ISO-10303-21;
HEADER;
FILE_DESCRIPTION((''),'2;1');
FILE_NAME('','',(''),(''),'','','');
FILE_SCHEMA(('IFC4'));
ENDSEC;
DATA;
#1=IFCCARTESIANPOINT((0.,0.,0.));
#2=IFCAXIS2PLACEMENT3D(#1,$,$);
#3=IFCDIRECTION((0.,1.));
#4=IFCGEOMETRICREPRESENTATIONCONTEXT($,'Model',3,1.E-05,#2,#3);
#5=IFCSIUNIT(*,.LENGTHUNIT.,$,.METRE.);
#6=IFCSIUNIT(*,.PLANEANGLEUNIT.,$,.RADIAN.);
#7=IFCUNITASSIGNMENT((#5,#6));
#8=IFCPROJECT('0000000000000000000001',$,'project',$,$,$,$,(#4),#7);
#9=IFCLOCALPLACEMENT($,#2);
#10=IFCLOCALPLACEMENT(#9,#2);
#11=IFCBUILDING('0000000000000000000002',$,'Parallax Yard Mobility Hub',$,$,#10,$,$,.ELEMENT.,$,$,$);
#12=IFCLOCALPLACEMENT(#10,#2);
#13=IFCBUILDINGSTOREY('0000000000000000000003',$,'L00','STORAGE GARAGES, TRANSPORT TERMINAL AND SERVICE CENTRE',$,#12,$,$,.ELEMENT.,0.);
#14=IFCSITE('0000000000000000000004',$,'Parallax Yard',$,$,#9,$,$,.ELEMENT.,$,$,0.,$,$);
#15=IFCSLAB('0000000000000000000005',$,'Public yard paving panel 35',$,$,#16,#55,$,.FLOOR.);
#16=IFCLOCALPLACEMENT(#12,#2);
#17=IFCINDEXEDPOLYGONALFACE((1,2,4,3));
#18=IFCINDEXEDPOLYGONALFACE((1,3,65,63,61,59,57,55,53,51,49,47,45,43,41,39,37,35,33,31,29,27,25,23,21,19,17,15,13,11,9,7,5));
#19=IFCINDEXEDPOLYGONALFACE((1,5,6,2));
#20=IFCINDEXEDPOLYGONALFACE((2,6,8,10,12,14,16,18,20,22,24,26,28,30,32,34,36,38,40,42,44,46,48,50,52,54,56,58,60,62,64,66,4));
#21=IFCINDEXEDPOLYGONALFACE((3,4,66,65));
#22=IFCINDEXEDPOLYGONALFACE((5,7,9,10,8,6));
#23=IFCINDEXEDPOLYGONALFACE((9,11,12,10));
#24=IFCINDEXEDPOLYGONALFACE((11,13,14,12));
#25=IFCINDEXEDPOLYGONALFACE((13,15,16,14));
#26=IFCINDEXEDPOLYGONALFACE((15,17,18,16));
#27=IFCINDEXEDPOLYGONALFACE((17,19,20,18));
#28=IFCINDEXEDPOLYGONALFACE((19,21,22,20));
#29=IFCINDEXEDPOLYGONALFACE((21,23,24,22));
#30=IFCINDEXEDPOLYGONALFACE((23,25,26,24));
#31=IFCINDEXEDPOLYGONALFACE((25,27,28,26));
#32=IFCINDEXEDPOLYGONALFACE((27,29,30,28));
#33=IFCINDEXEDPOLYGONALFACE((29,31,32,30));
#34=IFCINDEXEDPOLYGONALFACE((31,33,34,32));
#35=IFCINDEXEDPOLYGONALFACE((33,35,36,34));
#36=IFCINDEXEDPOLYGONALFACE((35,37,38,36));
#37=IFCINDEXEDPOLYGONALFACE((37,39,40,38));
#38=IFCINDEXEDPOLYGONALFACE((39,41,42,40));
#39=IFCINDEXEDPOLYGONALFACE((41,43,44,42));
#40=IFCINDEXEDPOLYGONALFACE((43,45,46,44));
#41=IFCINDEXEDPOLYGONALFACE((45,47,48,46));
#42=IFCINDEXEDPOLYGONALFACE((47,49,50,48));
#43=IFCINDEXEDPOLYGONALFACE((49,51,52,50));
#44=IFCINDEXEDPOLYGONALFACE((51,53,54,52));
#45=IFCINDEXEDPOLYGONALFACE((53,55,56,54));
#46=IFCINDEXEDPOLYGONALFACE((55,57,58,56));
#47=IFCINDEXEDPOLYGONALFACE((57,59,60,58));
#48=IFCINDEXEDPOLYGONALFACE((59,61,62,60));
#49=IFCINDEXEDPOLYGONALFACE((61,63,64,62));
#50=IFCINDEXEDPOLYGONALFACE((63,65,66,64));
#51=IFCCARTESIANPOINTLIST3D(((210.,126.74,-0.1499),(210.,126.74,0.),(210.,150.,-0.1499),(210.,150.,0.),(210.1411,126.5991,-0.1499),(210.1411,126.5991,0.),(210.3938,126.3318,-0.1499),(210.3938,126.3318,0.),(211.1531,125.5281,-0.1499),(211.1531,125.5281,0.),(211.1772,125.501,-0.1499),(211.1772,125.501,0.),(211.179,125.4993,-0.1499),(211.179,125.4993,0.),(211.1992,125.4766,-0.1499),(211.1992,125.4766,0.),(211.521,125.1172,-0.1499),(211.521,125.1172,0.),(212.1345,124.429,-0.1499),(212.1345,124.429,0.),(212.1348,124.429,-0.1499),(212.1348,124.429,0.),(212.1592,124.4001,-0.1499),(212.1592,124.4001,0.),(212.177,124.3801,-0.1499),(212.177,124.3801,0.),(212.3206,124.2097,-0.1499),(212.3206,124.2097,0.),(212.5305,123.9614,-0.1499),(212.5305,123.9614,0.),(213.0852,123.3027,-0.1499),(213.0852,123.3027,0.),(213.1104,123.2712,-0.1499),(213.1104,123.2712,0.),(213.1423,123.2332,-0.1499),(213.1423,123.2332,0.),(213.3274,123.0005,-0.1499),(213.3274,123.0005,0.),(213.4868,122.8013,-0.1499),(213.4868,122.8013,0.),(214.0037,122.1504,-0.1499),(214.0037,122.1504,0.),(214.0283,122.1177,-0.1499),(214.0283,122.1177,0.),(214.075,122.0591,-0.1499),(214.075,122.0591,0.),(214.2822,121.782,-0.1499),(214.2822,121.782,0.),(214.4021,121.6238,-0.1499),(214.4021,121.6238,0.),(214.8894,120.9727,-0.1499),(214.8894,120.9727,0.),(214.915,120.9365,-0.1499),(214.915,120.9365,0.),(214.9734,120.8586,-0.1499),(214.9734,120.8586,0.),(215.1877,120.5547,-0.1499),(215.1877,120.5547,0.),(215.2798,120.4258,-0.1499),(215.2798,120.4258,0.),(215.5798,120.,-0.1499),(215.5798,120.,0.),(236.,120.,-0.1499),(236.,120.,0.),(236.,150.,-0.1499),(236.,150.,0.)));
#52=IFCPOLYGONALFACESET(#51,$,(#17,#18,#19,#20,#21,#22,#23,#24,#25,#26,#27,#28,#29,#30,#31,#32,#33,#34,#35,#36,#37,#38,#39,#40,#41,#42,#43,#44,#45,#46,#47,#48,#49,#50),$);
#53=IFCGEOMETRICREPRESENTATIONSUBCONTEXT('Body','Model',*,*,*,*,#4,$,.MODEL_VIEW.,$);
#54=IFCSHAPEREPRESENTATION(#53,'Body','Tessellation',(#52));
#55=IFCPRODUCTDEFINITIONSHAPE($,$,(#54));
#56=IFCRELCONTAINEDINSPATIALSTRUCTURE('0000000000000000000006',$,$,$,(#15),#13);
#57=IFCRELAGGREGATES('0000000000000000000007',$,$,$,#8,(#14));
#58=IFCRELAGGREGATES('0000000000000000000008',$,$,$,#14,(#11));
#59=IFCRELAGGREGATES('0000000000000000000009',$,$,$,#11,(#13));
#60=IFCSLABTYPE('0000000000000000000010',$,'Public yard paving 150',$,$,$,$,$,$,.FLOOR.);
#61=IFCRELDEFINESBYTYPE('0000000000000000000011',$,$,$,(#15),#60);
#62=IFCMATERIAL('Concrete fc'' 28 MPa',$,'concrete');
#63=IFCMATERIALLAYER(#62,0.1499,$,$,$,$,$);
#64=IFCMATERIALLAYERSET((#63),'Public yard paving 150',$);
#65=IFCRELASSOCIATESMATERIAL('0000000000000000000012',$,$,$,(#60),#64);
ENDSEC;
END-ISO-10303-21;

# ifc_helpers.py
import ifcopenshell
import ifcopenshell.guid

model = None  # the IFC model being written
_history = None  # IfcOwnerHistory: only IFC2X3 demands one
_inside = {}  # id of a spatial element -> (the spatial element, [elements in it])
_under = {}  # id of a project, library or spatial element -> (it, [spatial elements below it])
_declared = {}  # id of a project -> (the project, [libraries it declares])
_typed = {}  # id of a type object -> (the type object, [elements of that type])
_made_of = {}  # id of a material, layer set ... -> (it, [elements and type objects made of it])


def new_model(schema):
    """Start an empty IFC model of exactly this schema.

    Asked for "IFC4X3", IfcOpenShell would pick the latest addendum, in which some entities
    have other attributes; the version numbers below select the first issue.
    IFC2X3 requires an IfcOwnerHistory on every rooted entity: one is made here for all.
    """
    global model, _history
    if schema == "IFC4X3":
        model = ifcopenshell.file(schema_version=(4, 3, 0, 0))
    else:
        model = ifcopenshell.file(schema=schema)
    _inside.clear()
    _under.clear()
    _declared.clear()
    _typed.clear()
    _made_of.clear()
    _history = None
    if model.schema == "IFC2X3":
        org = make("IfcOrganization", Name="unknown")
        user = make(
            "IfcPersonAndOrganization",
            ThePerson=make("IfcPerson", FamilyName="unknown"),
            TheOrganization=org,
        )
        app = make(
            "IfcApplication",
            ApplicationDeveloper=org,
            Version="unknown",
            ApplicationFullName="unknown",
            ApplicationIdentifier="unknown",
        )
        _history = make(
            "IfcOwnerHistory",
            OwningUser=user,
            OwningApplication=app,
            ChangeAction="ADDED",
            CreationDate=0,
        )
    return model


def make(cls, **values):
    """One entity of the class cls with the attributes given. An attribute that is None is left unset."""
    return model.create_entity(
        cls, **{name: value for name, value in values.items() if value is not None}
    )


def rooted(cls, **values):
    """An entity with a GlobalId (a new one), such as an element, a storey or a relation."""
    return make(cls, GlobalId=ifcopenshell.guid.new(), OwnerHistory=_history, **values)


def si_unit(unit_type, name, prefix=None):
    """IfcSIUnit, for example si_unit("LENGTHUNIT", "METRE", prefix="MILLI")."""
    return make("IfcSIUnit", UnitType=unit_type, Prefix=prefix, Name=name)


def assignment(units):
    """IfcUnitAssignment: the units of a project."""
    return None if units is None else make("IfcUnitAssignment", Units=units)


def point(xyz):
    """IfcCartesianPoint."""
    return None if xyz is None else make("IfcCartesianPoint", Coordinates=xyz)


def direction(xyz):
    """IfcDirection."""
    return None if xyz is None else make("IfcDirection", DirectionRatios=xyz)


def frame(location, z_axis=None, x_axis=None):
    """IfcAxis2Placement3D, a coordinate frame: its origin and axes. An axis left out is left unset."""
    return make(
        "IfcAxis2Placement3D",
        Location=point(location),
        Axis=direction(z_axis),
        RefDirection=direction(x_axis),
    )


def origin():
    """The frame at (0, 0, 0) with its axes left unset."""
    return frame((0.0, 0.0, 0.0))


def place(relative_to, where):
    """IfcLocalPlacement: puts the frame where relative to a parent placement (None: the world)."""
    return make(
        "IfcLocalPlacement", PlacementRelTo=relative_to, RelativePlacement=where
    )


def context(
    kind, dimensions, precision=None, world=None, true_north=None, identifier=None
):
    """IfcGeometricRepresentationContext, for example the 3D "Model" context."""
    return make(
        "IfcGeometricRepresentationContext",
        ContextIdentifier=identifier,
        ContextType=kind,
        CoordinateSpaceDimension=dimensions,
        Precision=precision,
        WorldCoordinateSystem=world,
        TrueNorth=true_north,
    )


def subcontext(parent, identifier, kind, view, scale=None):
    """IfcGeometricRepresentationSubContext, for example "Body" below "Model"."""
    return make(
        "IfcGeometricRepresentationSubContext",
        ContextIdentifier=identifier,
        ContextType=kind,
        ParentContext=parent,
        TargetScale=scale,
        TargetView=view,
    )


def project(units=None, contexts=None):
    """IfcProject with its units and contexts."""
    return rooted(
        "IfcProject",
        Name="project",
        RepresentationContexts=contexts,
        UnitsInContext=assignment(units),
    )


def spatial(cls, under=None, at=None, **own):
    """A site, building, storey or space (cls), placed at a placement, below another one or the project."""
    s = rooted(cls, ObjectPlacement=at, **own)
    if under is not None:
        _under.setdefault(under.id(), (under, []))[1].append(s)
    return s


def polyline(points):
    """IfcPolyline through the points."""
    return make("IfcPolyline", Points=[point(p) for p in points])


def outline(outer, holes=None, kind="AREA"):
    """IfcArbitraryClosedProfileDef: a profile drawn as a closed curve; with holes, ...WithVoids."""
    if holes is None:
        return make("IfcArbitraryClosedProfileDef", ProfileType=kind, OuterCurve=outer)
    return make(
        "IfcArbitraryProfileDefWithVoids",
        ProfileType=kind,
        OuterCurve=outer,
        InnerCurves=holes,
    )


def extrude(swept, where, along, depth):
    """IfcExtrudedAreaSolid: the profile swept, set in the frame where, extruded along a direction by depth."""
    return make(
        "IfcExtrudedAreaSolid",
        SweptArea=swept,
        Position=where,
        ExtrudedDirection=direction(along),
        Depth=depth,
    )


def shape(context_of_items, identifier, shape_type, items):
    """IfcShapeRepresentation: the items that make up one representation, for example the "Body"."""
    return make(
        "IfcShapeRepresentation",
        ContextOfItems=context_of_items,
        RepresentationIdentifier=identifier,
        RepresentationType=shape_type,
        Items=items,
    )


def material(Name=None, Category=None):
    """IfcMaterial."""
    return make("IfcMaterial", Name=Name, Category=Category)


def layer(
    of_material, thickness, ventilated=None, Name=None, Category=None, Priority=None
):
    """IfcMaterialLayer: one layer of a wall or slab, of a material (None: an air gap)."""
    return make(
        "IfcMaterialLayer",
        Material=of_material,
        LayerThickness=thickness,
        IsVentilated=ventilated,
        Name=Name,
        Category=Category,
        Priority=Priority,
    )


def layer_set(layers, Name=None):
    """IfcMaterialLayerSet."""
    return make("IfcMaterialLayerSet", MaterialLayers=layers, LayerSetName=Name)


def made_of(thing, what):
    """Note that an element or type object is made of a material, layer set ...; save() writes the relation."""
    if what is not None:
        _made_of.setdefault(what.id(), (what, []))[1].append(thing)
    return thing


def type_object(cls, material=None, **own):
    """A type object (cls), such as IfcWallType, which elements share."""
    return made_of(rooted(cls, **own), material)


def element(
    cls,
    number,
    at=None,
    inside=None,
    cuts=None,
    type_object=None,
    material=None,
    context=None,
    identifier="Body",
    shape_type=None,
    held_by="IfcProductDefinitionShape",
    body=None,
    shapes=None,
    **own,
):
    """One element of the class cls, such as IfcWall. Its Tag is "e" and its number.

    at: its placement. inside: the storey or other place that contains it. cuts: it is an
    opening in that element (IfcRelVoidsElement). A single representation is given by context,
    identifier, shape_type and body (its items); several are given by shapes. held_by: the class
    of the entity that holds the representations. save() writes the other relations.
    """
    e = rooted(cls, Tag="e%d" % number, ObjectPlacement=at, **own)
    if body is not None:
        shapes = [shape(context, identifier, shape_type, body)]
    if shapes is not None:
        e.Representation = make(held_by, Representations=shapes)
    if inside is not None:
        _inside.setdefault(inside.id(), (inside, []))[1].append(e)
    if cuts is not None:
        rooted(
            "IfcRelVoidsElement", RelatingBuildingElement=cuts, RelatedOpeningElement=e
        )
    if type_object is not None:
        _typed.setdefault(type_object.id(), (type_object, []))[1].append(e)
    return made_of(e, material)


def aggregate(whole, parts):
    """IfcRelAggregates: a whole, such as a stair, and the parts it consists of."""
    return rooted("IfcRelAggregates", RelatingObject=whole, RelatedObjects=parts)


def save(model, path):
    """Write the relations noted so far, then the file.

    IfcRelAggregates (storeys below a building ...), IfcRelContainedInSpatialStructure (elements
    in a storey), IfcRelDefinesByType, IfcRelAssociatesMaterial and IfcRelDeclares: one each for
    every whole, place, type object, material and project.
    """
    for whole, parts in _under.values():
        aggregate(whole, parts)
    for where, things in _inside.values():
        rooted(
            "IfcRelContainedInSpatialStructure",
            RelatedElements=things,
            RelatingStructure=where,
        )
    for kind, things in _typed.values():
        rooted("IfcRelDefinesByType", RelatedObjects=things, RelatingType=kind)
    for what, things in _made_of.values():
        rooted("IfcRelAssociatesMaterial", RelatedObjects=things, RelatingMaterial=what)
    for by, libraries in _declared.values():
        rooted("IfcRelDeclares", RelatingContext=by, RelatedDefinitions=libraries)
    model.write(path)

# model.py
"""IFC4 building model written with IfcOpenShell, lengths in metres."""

from ifc_helpers import new_model, si_unit, direction, frame, origin, place, context, subcontext, project, spatial, polyline, outline, extrude, material, layer, layer_set, type_object, element, save


model = new_model("IFC4")

# Units and contexts
model_context = context("Model", 3, precision=1e-05, world=origin(), true_north=direction((0.0, 1.0)))
body_context = subcontext(model_context, "Body", "Model", "MODEL_VIEW")
ifc_project = project(units=[si_unit("LENGTHUNIT", "METRE"), si_unit("PLANEANGLEUNIT", "RADIAN")], contexts=[model_context])

# Site, building, storey
site_placement = place(None, origin())
site = spatial("IfcSite", under=ifc_project, at=site_placement, Name="Parallax Yard", CompositionType="ELEMENT", RefElevation=0.0)
building_placement = place(site_placement, origin())
building = spatial("IfcBuilding", under=site, at=building_placement, Name="Parallax Yard Mobility Hub", CompositionType="ELEMENT")
storey_placement = place(building_placement, origin())
storey = spatial("IfcBuildingStorey", under=building, at=storey_placement, Name="L00", Description="STORAGE GARAGES, TRANSPORT TERMINAL AND SERVICE CENTRE", CompositionType="ELEMENT", Elevation=0.0)

# Slab
ifc_material = material(Name="Concrete fc' 28 MPa", Category="concrete")
ifc_layer_1 = layer(ifc_material, 0.1499)
ifc_layer_set_1 = layer_set([ifc_layer_1], Name="Public yard paving 150")
slab_type_1 = type_object("IfcSlabType", Name="Public yard paving 150", PredefinedType="FLOOR", material=ifc_layer_set_1)
slab_1_placement = place(storey_placement, frame((0.0, 0.0, -0.1499)))
element("IfcSlab", 1, at=slab_1_placement, inside=storey, type_object=slab_type_1, Name="Public yard paving panel 35", PredefinedType="FLOOR", context=body_context, shape_type="SweptSolid", body=[
    extrude(outline(polyline([(236.0, 150.0), (236.0, 120.0), (215.5798, 120.0), (215.2798, 120.4258), (215.2798, 120.4258), (215.1877, 120.5547), (214.9734, 120.8586), (214.915, 120.9365), (214.8894, 120.9727), (214.8894, 120.9727), (214.4021, 121.6238), (214.4021, 121.6238), (214.2822, 121.782), (214.075, 122.0591), (214.0283, 122.1177), (214.0037, 122.1504), (214.0037, 122.1504), (213.4868, 122.8013), (213.4868, 122.8013), (213.3274, 123.0005), (213.1423, 123.2332), (213.1104, 123.2712), (213.0852, 123.3027), (213.0852, 123.3027), (212.5305, 123.9614), (212.5305, 123.9614), (212.3206, 124.2097), (212.177, 124.3801), (212.1592, 124.4001), (212.1348, 124.429), (212.1345, 124.429), (211.521, 125.1172), (211.521, 125.1172), (211.1992, 125.4766), (211.179, 125.4993), (211.1772, 125.501), (211.1531, 125.5281), (211.1531, 125.5281), (210.3938, 126.3318), (210.1411, 126.5991), (210.1411, 126.5991), (210.0, 126.74), (210.0, 150.0), (236.0, 150.0)])), origin(), (0.0, 0.0, 1.0), 0.1499),
])

save(model, "model.ifc")
